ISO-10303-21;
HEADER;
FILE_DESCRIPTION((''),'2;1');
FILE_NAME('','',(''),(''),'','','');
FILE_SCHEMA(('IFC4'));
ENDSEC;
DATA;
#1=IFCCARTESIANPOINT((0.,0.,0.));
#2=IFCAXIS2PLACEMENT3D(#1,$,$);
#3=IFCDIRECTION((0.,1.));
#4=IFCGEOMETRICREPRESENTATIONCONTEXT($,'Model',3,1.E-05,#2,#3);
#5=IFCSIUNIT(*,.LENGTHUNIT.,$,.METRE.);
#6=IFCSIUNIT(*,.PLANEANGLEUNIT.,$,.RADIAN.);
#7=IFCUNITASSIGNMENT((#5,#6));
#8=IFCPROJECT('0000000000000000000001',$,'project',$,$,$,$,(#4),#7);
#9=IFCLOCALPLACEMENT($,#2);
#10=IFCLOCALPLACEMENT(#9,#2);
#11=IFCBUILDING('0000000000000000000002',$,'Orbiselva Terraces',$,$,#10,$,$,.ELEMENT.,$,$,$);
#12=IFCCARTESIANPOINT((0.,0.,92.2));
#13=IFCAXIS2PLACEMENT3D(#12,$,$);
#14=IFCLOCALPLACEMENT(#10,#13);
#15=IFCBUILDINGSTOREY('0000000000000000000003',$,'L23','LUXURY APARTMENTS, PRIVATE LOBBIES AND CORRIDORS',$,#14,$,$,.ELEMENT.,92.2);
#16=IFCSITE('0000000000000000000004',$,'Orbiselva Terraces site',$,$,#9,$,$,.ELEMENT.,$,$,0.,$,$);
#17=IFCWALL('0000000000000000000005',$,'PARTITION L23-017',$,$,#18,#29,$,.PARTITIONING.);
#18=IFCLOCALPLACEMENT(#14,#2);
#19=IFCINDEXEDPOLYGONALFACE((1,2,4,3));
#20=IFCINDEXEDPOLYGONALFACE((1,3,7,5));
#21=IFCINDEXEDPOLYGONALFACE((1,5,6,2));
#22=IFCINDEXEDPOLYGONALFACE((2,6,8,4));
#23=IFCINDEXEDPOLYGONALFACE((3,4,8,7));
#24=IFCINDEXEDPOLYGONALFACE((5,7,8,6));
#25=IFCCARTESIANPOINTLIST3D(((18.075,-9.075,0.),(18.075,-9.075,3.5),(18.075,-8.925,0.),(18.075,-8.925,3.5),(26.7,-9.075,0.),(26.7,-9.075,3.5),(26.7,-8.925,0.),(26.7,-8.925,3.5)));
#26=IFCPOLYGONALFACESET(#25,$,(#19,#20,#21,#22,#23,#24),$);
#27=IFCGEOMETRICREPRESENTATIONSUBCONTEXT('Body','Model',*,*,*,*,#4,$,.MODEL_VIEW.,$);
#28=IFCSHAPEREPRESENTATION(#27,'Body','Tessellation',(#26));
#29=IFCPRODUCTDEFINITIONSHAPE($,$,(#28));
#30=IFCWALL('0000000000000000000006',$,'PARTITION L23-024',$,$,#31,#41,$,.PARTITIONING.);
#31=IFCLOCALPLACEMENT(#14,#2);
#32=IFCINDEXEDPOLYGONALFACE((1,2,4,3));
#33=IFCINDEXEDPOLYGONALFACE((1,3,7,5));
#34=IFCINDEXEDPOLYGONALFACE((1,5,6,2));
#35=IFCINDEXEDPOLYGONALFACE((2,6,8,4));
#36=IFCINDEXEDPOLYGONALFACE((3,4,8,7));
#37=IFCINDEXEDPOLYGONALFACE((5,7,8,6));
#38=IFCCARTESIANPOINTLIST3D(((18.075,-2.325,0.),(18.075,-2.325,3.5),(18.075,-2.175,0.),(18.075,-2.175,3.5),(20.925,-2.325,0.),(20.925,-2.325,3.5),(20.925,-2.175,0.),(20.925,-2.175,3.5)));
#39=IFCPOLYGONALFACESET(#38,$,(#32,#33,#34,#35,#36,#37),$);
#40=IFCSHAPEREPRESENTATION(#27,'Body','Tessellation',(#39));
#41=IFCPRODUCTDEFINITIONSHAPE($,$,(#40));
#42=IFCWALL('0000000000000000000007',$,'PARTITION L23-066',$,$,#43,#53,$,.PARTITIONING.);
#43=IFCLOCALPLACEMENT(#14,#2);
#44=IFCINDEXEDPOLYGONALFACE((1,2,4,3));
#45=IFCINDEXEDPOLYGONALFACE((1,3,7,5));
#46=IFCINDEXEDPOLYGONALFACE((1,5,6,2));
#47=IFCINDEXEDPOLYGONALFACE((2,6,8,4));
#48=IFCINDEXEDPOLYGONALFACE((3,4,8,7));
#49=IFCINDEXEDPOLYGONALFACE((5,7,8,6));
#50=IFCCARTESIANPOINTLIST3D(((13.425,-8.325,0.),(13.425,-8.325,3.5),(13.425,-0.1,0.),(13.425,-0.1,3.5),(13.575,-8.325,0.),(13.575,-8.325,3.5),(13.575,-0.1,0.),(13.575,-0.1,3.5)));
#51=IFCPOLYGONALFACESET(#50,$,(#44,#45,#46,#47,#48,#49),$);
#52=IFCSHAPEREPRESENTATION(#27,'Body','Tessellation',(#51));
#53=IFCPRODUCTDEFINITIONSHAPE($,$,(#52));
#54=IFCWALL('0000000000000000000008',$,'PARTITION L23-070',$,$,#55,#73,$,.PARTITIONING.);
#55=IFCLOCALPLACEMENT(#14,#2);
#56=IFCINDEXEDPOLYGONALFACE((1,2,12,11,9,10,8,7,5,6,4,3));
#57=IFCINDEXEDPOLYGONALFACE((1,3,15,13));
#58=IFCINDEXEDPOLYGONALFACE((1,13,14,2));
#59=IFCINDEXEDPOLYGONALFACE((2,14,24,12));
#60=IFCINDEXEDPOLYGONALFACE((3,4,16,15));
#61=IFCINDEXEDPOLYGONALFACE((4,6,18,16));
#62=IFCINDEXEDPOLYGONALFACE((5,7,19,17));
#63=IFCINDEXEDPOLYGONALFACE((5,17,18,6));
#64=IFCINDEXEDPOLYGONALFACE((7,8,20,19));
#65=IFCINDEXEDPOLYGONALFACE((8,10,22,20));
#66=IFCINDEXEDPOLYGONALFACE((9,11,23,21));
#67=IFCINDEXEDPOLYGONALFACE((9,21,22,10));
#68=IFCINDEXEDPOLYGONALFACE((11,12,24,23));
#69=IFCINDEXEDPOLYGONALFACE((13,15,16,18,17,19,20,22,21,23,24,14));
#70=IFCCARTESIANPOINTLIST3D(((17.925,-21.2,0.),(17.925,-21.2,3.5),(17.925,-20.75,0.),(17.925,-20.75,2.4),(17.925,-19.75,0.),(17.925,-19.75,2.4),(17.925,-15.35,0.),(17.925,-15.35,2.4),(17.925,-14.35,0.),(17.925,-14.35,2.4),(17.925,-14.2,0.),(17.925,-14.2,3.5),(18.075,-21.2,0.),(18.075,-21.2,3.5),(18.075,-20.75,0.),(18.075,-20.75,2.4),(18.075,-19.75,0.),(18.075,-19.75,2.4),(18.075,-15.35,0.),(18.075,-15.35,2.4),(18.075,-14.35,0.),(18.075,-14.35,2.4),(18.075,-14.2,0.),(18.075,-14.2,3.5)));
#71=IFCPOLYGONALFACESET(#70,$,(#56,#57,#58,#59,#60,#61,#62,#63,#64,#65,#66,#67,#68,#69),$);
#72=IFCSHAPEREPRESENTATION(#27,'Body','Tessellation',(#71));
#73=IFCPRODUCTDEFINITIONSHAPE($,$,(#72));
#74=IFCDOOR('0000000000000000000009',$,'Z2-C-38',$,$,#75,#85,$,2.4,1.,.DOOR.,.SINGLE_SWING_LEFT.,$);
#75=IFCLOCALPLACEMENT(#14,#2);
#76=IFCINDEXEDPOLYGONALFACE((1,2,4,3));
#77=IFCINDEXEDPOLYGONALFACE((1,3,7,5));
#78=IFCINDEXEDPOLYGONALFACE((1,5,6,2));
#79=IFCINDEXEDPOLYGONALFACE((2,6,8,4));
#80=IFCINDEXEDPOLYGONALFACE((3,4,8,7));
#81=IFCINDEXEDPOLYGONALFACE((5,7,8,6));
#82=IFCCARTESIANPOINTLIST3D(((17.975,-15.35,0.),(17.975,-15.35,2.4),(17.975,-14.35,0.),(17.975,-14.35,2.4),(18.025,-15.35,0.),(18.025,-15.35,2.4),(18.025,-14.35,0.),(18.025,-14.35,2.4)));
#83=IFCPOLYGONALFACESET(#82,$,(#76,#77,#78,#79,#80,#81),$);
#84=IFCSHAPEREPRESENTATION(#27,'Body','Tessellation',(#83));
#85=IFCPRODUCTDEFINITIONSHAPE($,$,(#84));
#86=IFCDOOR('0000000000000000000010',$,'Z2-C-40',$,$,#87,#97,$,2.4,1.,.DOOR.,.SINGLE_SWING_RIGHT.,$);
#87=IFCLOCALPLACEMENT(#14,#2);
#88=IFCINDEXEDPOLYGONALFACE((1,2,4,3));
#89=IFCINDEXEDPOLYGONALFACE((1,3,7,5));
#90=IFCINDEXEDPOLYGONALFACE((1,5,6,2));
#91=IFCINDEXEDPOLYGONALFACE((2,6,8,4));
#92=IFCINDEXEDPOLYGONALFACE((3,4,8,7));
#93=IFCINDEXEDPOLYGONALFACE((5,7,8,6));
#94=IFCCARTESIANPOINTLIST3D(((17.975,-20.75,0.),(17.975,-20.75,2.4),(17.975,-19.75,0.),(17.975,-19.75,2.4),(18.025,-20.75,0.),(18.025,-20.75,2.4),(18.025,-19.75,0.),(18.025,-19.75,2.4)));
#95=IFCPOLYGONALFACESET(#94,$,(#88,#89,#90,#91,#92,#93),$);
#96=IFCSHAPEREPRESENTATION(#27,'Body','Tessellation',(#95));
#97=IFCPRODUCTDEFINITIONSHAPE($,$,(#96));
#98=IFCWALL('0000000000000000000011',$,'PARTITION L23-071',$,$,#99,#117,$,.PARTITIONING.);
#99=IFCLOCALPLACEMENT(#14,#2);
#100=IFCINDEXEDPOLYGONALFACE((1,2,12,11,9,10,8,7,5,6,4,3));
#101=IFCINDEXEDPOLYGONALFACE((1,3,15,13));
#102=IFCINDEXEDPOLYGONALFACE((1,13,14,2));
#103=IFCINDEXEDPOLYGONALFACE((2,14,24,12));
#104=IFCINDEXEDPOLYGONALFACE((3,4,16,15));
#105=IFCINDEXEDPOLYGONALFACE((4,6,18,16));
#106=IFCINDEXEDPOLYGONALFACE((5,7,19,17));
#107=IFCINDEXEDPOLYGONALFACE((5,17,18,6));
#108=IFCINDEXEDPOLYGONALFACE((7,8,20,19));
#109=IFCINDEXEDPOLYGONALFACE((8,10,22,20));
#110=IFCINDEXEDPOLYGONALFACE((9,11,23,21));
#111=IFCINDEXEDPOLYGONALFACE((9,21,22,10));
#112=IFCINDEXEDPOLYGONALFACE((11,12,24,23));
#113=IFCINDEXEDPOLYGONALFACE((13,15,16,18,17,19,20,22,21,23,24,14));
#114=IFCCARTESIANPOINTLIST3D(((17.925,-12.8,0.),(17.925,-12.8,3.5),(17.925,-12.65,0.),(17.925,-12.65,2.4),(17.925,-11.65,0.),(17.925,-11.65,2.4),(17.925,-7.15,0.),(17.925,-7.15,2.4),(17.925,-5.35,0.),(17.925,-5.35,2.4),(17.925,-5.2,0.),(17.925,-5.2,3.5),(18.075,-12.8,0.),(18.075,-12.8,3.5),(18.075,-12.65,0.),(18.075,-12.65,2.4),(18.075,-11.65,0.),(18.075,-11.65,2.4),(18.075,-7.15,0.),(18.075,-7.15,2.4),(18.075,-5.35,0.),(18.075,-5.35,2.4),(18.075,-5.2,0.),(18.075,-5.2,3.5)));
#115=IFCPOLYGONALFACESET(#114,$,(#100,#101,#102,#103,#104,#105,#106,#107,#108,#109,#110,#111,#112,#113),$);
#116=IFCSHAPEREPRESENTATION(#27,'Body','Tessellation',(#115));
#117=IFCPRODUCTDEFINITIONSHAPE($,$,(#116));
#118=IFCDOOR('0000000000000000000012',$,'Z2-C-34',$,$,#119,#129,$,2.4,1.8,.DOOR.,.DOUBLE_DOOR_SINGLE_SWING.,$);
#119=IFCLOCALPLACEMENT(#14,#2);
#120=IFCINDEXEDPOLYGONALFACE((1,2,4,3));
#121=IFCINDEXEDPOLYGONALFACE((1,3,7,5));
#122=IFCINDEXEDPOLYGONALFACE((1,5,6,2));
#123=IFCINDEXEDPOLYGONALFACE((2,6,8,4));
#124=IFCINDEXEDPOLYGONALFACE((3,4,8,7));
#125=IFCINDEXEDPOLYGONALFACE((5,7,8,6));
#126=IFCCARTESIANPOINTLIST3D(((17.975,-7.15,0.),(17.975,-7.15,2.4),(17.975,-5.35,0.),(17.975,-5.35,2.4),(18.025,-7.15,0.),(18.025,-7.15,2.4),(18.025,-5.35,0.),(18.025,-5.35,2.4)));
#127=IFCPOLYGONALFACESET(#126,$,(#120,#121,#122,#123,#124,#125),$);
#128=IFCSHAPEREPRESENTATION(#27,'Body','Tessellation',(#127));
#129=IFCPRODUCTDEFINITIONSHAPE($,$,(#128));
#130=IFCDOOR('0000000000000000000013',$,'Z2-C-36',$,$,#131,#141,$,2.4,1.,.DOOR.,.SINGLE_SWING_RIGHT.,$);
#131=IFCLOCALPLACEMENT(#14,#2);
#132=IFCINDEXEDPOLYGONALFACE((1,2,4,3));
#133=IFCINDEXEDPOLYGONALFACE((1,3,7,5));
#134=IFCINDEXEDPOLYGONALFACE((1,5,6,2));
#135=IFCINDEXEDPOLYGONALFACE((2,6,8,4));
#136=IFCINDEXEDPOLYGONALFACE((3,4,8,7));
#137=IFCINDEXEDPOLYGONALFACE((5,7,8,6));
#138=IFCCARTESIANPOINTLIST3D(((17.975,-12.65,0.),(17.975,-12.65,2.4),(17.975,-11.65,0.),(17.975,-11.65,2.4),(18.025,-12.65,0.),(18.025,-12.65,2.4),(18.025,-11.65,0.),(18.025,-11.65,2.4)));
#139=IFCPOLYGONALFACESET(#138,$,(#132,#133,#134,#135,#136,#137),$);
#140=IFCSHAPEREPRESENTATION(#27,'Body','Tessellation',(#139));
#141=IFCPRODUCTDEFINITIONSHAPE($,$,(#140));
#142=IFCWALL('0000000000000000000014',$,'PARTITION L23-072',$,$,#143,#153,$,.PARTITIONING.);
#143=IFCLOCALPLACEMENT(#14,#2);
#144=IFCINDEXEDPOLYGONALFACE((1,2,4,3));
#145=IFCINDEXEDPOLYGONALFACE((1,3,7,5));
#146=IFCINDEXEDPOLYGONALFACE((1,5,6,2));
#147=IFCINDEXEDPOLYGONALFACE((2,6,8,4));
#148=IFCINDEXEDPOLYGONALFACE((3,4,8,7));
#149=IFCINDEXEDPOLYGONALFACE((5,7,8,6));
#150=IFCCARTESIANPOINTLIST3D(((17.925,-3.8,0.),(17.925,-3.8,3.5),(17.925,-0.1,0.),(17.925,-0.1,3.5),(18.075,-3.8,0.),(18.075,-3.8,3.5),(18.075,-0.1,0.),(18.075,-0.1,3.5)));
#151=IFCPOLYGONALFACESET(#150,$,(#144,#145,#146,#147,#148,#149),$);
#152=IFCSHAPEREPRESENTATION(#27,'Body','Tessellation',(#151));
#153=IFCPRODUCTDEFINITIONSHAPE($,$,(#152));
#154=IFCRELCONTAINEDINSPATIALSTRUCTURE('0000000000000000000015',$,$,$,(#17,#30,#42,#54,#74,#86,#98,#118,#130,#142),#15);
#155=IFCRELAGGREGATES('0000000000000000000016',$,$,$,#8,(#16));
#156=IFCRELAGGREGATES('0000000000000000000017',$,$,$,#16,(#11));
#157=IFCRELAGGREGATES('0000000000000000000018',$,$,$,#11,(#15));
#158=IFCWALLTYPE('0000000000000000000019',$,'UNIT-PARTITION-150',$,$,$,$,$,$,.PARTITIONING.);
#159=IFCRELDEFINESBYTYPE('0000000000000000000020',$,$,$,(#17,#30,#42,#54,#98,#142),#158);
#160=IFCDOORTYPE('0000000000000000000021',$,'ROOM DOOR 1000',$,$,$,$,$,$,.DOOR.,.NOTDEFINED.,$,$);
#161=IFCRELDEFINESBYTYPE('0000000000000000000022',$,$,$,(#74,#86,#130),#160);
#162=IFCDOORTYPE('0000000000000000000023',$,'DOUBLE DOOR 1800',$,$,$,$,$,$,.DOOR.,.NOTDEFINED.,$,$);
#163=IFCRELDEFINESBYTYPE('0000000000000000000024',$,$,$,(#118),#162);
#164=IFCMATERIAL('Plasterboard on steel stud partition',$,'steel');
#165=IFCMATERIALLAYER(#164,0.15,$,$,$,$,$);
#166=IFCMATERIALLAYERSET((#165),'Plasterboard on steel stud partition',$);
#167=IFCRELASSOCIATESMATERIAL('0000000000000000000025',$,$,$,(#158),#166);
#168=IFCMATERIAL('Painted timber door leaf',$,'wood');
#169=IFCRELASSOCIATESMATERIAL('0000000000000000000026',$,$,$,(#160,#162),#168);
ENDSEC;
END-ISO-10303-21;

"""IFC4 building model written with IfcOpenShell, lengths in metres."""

from ifc_helpers import new_model, si_unit, direction, frame, frame_2d, origin, place, context, subcontext, project, spatial, rectangle, extrude, material, layer, layer_set, type_object, element, fill, save


model = new_model("IFC4")

# Units and contexts
model_context = context("Model", 3, precision=1e-05, world=origin(), true_north=direction((0.0, 1.0)))
body_context = subcontext(model_context, "Body", "Model", "MODEL_VIEW")
ifc_project = project(units=[si_unit("LENGTHUNIT", "METRE"), si_unit("PLANEANGLEUNIT", "RADIAN")], contexts=[model_context])

# Site, building, storey
site_placement = place(None, origin())
site = spatial("IfcSite", under=ifc_project, at=site_placement, Name="Orbiselva Terraces site", CompositionType="ELEMENT", RefElevation=0.0)
building_placement = place(site_placement, origin())
building = spatial("IfcBuilding", under=site, at=building_placement, Name="Orbiselva Terraces", CompositionType="ELEMENT")
storey_placement = place(building_placement, frame((0.0, 0.0, 92.2)))
storey = spatial("IfcBuildingStorey", under=building, at=storey_placement, Name="L23", Description="LUXURY APARTMENTS, PRIVATE LOBBIES AND CORRIDORS", CompositionType="ELEMENT", Elevation=92.2)

# Walls
ifc_material_1 = material(Name="Plasterboard on steel stud partition", Category="steel")
ifc_layer_1 = layer(ifc_material_1, 0.15)
ifc_layer_set_1 = layer_set([ifc_layer_1], Name="Plasterboard on steel stud partition")
wall_type_1 = type_object("IfcWallType", Name="UNIT-PARTITION-150", PredefinedType="PARTITIONING", material=ifc_layer_set_1)
wall_1_placement = place(storey_placement, frame((18.075, -9.0, 0.0), z_axis=(0.0, 0.0, 1.0), x_axis=(1.0, 0.0, 0.0)))
element("IfcWall", 1, at=wall_1_placement, inside=storey, type_object=wall_type_1, Name="PARTITION L23-017", PredefinedType="PARTITIONING", context=body_context, shape_type="SweptSolid", body=[
    extrude(rectangle(XDim=8.625, YDim=0.15, at=frame_2d((4.3125, 0.0))), origin(), (0.0, 0.0, 1.0), 3.5),
])
wall_2_placement = place(storey_placement, frame((18.075, -2.25, 0.0), z_axis=(0.0, 0.0, 1.0), x_axis=(1.0, 0.0, 0.0)))
element("IfcWall", 2, at=wall_2_placement, inside=storey, type_object=wall_type_1, Name="PARTITION L23-024", PredefinedType="PARTITIONING", context=body_context, shape_type="SweptSolid", body=[
    extrude(rectangle(XDim=2.85, YDim=0.15, at=frame_2d((1.425, 0.0))), origin(), (0.0, 0.0, 1.0), 3.5),
])
wall_3_placement = place(storey_placement, frame((13.5, -8.325, 0.0), z_axis=(0.0, 0.0, 1.0), x_axis=(0.0, 1.0, 0.0)))
element("IfcWall", 3, at=wall_3_placement, inside=storey, type_object=wall_type_1, Name="PARTITION L23-066", PredefinedType="PARTITIONING", context=body_context, shape_type="SweptSolid", body=[
    extrude(rectangle(XDim=8.225, YDim=0.15, at=frame_2d((4.1125, 0.0))), origin(), (0.0, 0.0, 1.0), 3.5),
])

# Walls, openings, doors
wall_4_placement = place(storey_placement, frame((18.0, -14.2, 0.0), z_axis=(0.0, 0.0, 1.0), x_axis=(0.0, -1.0, 0.0)))
wall_4 = element("IfcWall", 4, at=wall_4_placement, inside=storey, type_object=wall_type_1, Name="PARTITION L23-070", PredefinedType="PARTITIONING", context=body_context, shape_type="SweptSolid", body=[
    extrude(rectangle(XDim=7.0, YDim=0.15, at=frame_2d((3.5, 0.0))), origin(), (0.0, 0.0, 1.0), 3.5),
])
opening_1_placement = place(wall_4_placement, frame((0.15, 0.0, 0.0)))
opening_1 = element("IfcOpeningElement", 5, at=opening_1_placement, cuts=wall_4, PredefinedType="OPENING", context=body_context, shape_type="SweptSolid", body=[
    extrude(rectangle(XDim=1.0, YDim=2.4, at=frame_2d((0.5, 1.2))), frame((0.0, 0.085, 0.0), z_axis=(0.0, -1.0, 0.0), x_axis=(1.0, 0.0, 0.0)), (0.0, 0.0, 1.0), 0.17),
])
opening_2_placement = place(wall_4_placement, frame((5.55, 0.0, 0.0)))
opening_2 = element("IfcOpeningElement", 6, at=opening_2_placement, cuts=wall_4, PredefinedType="OPENING", context=body_context, shape_type="SweptSolid", body=[
    extrude(rectangle(XDim=1.0, YDim=2.4, at=frame_2d((0.5, 1.2))), frame((0.0, 0.085, 0.0), z_axis=(0.0, -1.0, 0.0), x_axis=(1.0, 0.0, 0.0)), (0.0, 0.0, 1.0), 0.17),
])
ifc_material_2 = material(Name="Painted timber door leaf", Category="wood")
door_type_1 = type_object("IfcDoorType", Name="ROOM DOOR 1000", OperationType="NOTDEFINED", PredefinedType="DOOR", material=ifc_material_2)
door_1_placement = place(opening_1_placement, origin())
door_1 = element("IfcDoor", 7, at=door_1_placement, inside=storey, type_object=door_type_1, Name="Z2-C-38", OperationType="SINGLE_SWING_LEFT", OverallHeight=2.4, OverallWidth=1.0, PredefinedType="DOOR", context=body_context, shape_type="SweptSolid", body=[
    extrude(rectangle(XDim=1.0, YDim=2.4, at=frame_2d((0.5, 1.2))), frame((0.0, 0.025, 0.0), z_axis=(0.0, -1.0, 0.0), x_axis=(1.0, 0.0, 0.0)), (0.0, 0.0, 1.0), 0.05),
])
fill(opening_1, door_1)
door_2_placement = place(opening_2_placement, origin())
door_2 = element("IfcDoor", 8, at=door_2_placement, inside=storey, type_object=door_type_1, Name="Z2-C-40", OperationType="SINGLE_SWING_RIGHT", OverallHeight=2.4, OverallWidth=1.0, PredefinedType="DOOR", context=body_context, shape_type="SweptSolid", body=[
    extrude(rectangle(XDim=1.0, YDim=2.4, at=frame_2d((0.5, 1.2))), frame((0.0, 0.025, 0.0), z_axis=(0.0, -1.0, 0.0), x_axis=(1.0, 0.0, 0.0)), (0.0, 0.0, 1.0), 0.05),
])
fill(opening_2, door_2)
wall_5_placement = place(storey_placement, frame((18.0, -5.2, 0.0), z_axis=(0.0, 0.0, 1.0), x_axis=(0.0, -1.0, 0.0)))
wall_5 = element("IfcWall", 9, at=wall_5_placement, inside=storey, type_object=wall_type_1, Name="PARTITION L23-071", PredefinedType="PARTITIONING", context=body_context, shape_type="SweptSolid", body=[
    extrude(rectangle(XDim=7.6, YDim=0.15, at=frame_2d((3.8, 0.0))), origin(), (0.0, 0.0, 1.0), 3.5),
])
opening_3_placement = place(wall_5_placement, frame((0.15, 0.0, 0.0)))
opening_3 = element("IfcOpeningElement", 10, at=opening_3_placement, cuts=wall_5, PredefinedType="OPENING", context=body_context, shape_type="SweptSolid", body=[
    extrude(rectangle(XDim=1.8, YDim=2.4, at=frame_2d((0.9, 1.2))), frame((0.0, 0.085, 0.0), z_axis=(0.0, -1.0, 0.0), x_axis=(1.0, 0.0, 0.0)), (0.0, 0.0, 1.0), 0.17),
])
opening_4_placement = place(wall_5_placement, frame((6.45, 0.0, 0.0)))
opening_4 = element("IfcOpeningElement", 11, at=opening_4_placement, cuts=wall_5, PredefinedType="OPENING", context=body_context, shape_type="SweptSolid", body=[
    extrude(rectangle(XDim=1.0, YDim=2.4, at=frame_2d((0.5, 1.2))), frame((0.0, 0.085, 0.0), z_axis=(0.0, -1.0, 0.0), x_axis=(1.0, 0.0, 0.0)), (0.0, 0.0, 1.0), 0.17),
])
door_type_2 = type_object("IfcDoorType", Name="DOUBLE DOOR 1800", OperationType="NOTDEFINED", PredefinedType="DOOR", material=ifc_material_2)
door_3_placement = place(opening_3_placement, origin())
door_3 = element("IfcDoor", 12, at=door_3_placement, inside=storey, type_object=door_type_2, Name="Z2-C-34", OperationType="DOUBLE_DOOR_SINGLE_SWING", OverallHeight=2.4, OverallWidth=1.8, PredefinedType="DOOR", context=body_context, shape_type="SweptSolid", body=[
    extrude(rectangle(XDim=1.8, YDim=2.4, at=frame_2d((0.9, 1.2))), frame((0.0, 0.025, 0.0), z_axis=(0.0, -1.0, 0.0), x_axis=(1.0, 0.0, 0.0)), (0.0, 0.0, 1.0), 0.05),
])
fill(opening_3, door_3)
door_4_placement = place(opening_4_placement, origin())
door_4 = element("IfcDoor", 13, at=door_4_placement, inside=storey, type_object=door_type_1, Name="Z2-C-36", OperationType="SINGLE_SWING_RIGHT", OverallHeight=2.4, OverallWidth=1.0, PredefinedType="DOOR", context=body_context, shape_type="SweptSolid", body=[
    extrude(rectangle(XDim=1.0, YDim=2.4, at=frame_2d((0.5, 1.2))), frame((0.0, 0.025, 0.0), z_axis=(0.0, -1.0, 0.0), x_axis=(1.0, 0.0, 0.0)), (0.0, 0.0, 1.0), 0.05),
])
fill(opening_4, door_4)

# Wall
wall_6_placement = place(storey_placement, frame((18.0, -3.8, 0.0), z_axis=(0.0, 0.0, 1.0), x_axis=(0.0, 1.0, 0.0)))
element("IfcWall", 14, at=wall_6_placement, inside=storey, type_object=wall_type_1, Name="PARTITION L23-072", PredefinedType="PARTITIONING", context=body_context, shape_type="SweptSolid", body=[
    extrude(rectangle(XDim=3.7, YDim=0.15, at=frame_2d((1.85, 0.0))), origin(), (0.0, 0.0, 1.0), 3.5),
])

save(model, "model.ifc")
